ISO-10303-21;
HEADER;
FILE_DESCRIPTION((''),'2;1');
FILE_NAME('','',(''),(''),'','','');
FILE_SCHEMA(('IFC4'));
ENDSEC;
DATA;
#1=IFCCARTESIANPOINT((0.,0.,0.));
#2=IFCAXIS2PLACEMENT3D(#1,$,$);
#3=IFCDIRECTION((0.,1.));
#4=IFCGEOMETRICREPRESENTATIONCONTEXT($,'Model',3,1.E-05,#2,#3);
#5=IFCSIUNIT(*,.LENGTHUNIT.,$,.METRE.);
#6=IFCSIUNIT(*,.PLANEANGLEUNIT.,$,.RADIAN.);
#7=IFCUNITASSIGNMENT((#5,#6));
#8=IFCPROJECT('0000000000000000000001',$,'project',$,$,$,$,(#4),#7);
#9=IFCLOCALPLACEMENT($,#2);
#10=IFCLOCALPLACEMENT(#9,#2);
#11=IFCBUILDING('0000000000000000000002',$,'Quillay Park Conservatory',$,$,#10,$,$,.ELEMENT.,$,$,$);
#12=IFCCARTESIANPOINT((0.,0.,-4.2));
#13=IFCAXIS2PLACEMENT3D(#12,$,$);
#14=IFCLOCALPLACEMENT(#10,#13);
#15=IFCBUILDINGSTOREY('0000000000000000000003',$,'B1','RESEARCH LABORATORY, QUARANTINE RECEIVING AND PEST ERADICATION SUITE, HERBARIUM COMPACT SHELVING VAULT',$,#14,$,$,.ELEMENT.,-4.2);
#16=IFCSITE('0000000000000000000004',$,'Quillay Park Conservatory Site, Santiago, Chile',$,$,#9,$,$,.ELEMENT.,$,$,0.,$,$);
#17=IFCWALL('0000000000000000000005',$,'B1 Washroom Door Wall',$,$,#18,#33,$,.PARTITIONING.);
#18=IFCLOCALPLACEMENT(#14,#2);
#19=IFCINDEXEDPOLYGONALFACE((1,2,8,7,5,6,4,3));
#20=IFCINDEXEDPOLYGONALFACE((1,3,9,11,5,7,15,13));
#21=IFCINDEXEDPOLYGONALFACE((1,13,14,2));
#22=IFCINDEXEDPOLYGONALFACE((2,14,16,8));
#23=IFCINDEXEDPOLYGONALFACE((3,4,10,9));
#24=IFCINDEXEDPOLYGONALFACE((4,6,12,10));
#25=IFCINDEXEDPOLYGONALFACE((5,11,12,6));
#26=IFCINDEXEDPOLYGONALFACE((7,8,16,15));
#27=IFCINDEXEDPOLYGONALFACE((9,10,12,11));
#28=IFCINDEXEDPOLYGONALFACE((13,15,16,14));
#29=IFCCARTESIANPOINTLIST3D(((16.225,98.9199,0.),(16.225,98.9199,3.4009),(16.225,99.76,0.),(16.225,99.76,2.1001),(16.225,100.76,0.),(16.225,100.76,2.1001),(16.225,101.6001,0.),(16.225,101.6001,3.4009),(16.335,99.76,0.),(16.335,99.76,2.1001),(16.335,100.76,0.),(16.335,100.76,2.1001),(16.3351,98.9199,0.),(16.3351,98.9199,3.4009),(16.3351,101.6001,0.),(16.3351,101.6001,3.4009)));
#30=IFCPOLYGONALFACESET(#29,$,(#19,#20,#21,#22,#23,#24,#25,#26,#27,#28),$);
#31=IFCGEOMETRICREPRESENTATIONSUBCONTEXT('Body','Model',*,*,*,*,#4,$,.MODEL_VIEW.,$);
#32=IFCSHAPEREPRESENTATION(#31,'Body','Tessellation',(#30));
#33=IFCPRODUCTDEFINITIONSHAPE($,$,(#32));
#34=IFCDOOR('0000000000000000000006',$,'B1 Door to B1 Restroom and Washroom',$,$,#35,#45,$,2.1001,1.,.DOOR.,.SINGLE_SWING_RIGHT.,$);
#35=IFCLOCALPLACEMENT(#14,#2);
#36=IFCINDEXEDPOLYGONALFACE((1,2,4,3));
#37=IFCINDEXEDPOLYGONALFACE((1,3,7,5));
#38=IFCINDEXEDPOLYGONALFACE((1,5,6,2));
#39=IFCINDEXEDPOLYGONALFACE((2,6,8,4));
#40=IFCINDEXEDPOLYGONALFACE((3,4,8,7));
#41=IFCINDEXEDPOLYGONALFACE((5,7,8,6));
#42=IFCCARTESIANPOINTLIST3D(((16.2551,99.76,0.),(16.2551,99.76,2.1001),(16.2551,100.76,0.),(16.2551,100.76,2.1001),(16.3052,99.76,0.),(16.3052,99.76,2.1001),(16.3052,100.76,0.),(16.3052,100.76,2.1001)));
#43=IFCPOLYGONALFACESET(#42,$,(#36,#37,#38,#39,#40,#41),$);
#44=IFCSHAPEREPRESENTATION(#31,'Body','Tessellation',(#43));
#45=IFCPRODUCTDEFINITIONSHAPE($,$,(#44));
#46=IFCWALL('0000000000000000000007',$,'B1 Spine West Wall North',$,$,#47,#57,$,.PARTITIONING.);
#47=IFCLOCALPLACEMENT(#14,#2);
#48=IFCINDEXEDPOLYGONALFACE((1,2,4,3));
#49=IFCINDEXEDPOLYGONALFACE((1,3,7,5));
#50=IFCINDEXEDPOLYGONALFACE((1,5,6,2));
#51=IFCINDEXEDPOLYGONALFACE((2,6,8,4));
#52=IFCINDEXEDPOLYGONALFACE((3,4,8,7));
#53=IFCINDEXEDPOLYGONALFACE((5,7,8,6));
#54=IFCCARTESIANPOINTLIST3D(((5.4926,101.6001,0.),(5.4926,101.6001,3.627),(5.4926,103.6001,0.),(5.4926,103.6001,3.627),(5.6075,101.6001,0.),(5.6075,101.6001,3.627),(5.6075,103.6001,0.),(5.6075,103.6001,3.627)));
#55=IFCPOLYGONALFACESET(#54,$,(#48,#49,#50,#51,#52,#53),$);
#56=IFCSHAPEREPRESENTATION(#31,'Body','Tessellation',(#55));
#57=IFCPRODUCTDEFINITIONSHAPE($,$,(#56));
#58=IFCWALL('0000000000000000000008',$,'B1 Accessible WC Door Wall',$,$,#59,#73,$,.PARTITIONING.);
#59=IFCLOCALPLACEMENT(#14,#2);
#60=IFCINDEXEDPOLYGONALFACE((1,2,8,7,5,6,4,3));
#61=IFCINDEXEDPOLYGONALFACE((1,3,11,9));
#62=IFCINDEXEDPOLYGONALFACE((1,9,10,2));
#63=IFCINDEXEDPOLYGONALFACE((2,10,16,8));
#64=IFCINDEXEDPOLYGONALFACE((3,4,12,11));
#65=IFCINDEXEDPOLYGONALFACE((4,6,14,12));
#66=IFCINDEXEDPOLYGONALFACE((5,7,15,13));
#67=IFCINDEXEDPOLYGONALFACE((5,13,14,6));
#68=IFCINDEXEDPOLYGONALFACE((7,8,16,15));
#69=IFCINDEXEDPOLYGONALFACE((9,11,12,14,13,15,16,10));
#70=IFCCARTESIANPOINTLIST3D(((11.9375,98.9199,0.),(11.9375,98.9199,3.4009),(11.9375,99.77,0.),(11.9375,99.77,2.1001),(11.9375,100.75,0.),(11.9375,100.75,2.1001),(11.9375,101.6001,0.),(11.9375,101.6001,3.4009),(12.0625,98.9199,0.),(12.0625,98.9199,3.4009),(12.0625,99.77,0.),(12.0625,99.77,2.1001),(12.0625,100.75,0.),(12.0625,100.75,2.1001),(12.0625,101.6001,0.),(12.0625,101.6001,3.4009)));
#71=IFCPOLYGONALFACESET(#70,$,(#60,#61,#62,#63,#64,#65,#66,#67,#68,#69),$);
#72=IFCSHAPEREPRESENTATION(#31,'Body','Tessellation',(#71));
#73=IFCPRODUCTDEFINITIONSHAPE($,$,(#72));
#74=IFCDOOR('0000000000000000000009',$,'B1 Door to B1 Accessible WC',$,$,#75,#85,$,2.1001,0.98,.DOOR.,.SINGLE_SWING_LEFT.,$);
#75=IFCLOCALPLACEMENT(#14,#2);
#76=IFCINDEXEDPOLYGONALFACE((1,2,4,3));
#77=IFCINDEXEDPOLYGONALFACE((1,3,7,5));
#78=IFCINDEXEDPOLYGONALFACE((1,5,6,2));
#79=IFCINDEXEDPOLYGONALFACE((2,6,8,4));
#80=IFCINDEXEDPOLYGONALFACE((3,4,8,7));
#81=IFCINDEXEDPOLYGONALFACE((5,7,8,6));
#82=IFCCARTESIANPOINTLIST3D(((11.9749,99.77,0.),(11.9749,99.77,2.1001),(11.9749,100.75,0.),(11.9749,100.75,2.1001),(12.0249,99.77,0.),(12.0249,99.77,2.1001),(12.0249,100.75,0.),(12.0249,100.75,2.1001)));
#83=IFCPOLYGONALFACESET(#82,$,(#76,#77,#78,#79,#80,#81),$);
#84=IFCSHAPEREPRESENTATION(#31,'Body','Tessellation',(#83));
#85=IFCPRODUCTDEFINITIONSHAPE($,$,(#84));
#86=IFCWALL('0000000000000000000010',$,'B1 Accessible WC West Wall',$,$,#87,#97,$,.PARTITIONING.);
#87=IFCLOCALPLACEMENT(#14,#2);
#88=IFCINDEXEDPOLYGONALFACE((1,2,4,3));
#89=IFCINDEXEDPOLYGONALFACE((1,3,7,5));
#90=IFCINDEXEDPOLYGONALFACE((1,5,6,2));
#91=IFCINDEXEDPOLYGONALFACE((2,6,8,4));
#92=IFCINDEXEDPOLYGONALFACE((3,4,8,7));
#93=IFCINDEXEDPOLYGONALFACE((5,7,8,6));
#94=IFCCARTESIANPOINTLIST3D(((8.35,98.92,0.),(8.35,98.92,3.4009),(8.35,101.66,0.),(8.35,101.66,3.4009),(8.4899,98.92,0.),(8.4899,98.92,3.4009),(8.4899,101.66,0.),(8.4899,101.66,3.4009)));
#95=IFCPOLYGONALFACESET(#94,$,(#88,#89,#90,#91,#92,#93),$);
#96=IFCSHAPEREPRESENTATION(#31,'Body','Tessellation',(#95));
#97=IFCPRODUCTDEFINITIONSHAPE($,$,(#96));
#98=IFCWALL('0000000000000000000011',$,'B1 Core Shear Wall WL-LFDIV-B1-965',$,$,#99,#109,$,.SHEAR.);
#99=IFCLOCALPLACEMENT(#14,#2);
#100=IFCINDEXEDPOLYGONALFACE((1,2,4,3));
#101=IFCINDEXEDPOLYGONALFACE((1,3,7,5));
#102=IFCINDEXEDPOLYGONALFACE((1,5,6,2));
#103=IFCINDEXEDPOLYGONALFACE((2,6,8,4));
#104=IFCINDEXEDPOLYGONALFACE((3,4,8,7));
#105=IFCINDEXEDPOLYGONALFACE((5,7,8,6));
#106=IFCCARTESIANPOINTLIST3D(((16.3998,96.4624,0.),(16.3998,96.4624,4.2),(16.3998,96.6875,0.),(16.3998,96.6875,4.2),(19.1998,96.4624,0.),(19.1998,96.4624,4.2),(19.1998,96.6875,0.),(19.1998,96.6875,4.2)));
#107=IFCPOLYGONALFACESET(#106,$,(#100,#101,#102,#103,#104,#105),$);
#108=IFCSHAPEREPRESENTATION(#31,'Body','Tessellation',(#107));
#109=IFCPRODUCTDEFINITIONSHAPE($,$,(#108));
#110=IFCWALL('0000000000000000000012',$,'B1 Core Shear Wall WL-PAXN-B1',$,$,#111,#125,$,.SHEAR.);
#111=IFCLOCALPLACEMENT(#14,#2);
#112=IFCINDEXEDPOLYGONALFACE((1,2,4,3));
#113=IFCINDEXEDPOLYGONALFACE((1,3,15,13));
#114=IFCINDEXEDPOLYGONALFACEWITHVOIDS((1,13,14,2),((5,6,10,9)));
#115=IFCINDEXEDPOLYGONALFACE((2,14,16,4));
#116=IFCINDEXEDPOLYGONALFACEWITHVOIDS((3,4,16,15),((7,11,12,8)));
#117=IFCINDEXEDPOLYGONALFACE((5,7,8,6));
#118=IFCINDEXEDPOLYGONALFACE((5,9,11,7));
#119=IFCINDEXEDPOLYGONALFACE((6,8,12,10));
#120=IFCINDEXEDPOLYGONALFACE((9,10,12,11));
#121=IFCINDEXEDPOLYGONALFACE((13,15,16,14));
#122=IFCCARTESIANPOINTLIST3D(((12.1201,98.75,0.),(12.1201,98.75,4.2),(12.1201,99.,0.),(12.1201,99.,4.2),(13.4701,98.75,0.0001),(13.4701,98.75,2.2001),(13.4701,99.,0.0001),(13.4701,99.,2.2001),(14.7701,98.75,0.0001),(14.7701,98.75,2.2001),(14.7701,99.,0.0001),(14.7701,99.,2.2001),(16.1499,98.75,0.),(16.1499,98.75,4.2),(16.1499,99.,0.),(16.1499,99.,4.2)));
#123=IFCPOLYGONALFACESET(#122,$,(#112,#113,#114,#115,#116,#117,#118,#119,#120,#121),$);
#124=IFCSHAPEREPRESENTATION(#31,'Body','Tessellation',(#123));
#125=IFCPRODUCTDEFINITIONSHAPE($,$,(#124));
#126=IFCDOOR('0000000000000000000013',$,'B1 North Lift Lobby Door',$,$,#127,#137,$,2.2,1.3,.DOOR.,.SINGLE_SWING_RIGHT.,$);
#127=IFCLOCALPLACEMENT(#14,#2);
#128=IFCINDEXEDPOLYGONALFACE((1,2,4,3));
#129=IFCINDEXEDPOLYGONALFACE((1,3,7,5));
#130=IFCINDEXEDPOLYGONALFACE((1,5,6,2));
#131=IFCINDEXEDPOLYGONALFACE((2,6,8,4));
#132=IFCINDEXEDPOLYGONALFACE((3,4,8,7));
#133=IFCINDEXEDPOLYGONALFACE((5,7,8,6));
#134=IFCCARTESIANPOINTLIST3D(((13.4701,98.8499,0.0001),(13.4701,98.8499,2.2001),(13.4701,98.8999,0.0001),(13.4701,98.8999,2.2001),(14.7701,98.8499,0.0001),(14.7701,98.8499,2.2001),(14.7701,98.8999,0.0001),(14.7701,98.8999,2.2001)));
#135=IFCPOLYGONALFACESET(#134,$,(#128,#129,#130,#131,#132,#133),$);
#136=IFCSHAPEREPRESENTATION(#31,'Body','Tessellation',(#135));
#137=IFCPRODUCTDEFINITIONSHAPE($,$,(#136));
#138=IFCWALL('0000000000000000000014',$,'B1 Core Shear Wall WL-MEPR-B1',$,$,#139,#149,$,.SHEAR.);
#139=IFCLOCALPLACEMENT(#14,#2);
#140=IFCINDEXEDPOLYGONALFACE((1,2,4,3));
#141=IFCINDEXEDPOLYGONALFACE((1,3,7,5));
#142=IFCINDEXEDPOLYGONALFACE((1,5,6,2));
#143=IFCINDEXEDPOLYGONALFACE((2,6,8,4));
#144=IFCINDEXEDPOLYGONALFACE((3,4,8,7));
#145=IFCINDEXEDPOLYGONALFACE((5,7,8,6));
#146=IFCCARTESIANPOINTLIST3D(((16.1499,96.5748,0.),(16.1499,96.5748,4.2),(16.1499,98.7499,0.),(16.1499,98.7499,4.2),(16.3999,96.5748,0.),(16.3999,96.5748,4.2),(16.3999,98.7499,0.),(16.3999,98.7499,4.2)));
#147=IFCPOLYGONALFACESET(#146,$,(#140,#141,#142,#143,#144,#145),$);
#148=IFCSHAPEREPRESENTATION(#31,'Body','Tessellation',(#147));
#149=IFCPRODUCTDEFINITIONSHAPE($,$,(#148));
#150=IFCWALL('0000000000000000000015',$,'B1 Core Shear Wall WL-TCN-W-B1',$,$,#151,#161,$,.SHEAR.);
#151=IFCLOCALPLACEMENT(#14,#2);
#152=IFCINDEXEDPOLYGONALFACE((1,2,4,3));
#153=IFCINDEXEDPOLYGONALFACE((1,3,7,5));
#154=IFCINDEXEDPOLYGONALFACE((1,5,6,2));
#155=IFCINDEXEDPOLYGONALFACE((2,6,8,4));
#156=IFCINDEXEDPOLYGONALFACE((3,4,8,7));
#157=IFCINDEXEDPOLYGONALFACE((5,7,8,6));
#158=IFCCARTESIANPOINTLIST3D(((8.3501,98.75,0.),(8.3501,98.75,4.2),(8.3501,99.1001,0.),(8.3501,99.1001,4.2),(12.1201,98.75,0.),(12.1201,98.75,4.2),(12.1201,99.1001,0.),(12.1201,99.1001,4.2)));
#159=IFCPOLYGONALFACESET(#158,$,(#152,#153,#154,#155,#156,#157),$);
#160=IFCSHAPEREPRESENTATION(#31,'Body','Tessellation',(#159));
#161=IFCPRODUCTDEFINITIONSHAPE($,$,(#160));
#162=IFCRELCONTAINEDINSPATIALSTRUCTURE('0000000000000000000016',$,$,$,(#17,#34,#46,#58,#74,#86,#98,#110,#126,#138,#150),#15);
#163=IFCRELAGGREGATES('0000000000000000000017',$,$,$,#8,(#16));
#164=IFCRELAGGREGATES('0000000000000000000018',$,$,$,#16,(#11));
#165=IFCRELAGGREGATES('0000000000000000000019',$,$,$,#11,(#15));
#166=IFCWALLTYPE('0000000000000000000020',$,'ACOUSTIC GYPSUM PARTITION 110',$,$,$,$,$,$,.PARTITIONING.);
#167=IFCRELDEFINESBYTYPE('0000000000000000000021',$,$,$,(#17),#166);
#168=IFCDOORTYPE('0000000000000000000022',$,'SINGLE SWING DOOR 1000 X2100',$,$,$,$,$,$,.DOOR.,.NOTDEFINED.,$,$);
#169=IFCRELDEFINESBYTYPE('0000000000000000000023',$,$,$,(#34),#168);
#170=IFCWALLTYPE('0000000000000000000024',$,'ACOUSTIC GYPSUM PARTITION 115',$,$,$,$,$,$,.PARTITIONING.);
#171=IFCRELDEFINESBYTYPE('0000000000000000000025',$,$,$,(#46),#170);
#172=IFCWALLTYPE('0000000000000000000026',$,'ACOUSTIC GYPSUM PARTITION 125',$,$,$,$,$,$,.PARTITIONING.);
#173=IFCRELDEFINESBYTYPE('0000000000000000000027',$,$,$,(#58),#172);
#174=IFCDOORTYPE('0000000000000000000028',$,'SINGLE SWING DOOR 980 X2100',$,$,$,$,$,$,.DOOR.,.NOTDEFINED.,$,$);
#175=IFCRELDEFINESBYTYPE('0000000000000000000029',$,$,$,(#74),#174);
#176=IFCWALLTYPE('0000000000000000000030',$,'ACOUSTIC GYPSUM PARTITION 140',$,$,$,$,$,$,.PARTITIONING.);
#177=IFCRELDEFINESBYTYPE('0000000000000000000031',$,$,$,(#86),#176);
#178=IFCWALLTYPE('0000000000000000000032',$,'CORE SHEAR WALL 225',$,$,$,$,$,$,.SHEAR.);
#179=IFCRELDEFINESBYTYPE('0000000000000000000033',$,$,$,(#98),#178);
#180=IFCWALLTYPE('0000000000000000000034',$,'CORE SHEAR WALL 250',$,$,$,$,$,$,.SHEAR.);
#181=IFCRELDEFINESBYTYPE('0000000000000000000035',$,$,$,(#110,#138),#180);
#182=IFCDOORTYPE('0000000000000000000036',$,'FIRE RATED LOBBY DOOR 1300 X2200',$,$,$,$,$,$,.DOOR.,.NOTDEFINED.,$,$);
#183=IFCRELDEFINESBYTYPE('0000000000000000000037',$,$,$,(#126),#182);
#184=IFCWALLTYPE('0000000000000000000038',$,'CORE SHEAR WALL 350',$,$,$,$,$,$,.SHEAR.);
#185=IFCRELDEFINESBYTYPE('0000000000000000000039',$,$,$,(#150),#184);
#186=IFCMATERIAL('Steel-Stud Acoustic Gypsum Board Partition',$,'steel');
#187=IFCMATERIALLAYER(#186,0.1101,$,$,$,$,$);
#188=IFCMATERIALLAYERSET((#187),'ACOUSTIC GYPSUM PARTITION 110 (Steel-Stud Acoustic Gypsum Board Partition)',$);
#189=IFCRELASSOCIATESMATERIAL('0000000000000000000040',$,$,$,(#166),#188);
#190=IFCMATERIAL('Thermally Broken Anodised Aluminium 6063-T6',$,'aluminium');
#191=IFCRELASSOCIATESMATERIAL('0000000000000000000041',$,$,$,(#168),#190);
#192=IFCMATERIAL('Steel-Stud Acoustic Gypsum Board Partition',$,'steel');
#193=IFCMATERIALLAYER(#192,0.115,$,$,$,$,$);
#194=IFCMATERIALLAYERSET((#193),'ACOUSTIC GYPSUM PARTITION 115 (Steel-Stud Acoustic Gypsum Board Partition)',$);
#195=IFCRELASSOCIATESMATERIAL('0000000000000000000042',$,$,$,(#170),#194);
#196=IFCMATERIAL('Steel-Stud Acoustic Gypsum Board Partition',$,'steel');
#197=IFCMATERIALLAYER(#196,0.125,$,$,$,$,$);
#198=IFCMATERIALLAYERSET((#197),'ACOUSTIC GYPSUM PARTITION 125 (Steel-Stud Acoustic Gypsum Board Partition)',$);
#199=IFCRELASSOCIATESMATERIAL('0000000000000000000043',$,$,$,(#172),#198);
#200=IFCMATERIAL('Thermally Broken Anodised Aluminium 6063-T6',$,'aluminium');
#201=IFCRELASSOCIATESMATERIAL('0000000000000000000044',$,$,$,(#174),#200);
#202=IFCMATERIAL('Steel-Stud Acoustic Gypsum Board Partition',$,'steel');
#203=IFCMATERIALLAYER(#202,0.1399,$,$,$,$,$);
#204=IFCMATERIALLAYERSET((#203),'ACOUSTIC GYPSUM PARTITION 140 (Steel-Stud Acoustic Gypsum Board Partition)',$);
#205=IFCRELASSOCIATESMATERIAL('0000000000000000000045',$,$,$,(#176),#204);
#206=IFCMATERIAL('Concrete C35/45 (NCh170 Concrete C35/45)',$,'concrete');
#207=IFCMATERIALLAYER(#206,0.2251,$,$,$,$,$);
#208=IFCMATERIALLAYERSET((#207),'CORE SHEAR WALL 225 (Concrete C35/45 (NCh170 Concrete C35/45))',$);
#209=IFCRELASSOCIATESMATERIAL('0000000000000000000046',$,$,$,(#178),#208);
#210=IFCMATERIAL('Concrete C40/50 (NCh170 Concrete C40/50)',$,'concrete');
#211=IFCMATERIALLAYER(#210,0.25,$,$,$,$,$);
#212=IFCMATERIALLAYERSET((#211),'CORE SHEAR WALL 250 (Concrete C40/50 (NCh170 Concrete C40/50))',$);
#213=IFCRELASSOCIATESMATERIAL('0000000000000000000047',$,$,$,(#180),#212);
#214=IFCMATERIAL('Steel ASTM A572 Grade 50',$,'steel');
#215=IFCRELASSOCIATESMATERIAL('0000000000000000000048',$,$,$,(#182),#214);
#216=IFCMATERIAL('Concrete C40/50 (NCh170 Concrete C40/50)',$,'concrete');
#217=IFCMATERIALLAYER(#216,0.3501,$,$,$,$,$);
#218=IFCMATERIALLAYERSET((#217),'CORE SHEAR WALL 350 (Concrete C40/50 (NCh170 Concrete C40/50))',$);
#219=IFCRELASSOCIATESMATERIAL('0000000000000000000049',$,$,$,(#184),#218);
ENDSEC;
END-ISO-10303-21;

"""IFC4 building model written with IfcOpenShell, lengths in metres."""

from ifc_helpers import new_model, si_unit, direction, frame, frame_2d, origin, place, context, subcontext, project, spatial, rectangle, extrude, material, layer, layer_set, type_object, element, fill, save


model = new_model("IFC4")

# Units and contexts
model_context = context("Model", 3, precision=1e-05, world=origin(), true_north=direction((0.0, 1.0)))
body_context = subcontext(model_context, "Body", "Model", "MODEL_VIEW")
ifc_project = project(units=[si_unit("LENGTHUNIT", "METRE"), si_unit("PLANEANGLEUNIT", "RADIAN")], contexts=[model_context])

# Site, building, storey
site_placement = place(None, origin())
site = spatial("IfcSite", under=ifc_project, at=site_placement, Name="Quillay Park Conservatory Site, Santiago, Chile", CompositionType="ELEMENT", RefElevation=0.0)
building_placement = place(site_placement, origin())
building = spatial("IfcBuilding", under=site, at=building_placement, Name="Quillay Park Conservatory", CompositionType="ELEMENT")
storey_placement = place(building_placement, frame((0.0, 0.0, -4.2)))
storey = spatial("IfcBuildingStorey", under=building, at=storey_placement, Name="B1", Description="RESEARCH LABORATORY, QUARANTINE RECEIVING AND PEST ERADICATION SUITE, HERBARIUM COMPACT SHELVING VAULT", CompositionType="ELEMENT", Elevation=-4.2)

# Wall, opening, door
ifc_material_1 = material(Name="Steel-Stud Acoustic Gypsum Board Partition", Category="steel")
ifc_layer_1 = layer(ifc_material_1, 0.1101)
ifc_layer_set_1 = layer_set([ifc_layer_1], Name="ACOUSTIC GYPSUM PARTITION 110 (Steel-Stud Acoustic Gypsum Board Partition)")
wall_type_1 = type_object("IfcWallType", Name="ACOUSTIC GYPSUM PARTITION 110", PredefinedType="PARTITIONING", material=ifc_layer_set_1)
wall_1_placement = place(storey_placement, frame((16.28, 98.9199, 0.0), z_axis=(0.0, 0.0, 1.0), x_axis=(0.0, 1.0, 0.0)))
wall_1 = element("IfcWall", 1, at=wall_1_placement, inside=storey, type_object=wall_type_1, Name="B1 Washroom Door Wall", PredefinedType="PARTITIONING", context=body_context, shape_type="SweptSolid", body=[
    extrude(rectangle(XDim=2.6802, YDim=0.1101, at=frame_2d((1.3401, 0.0))), origin(), (0.0, 0.0, 1.0), 3.4009),
])
opening_1_placement = place(wall_1_placement, frame((0.8401, 0.0, 0.0)))
opening_1 = element("IfcOpeningElement", 2, at=opening_1_placement, cuts=wall_1, PredefinedType="OPENING", context=body_context, shape_type="SweptSolid", body=[
    extrude(rectangle(XDim=1.0, YDim=2.1001, at=frame_2d((0.5, 1.05))), frame((0.0, 0.0552, 0.0), z_axis=(0.0, -1.0, 0.0), x_axis=(1.0, 0.0, 0.0)), (0.0, 0.0, 1.0), 0.1101),
])
ifc_material_2 = material(Name="Thermally Broken Anodised Aluminium 6063-T6", Category="aluminium")
door_type_1 = type_object("IfcDoorType", Name="SINGLE SWING DOOR 1000 X2100", OperationType="NOTDEFINED", PredefinedType="DOOR", material=ifc_material_2)
door_1_placement = place(opening_1_placement, origin())
door_1 = element("IfcDoor", 3, at=door_1_placement, inside=storey, type_object=door_type_1, Name="B1 Door to B1 Restroom and Washroom", OperationType="SINGLE_SWING_RIGHT", OverallHeight=2.1001, OverallWidth=1.0, PredefinedType="DOOR", context=body_context, shape_type="SweptSolid", body=[
    extrude(rectangle(XDim=1.0, YDim=2.1001, at=frame_2d((0.5, 1.05))), frame((0.0, 0.0249, 0.0), z_axis=(0.0, -1.0, 0.0), x_axis=(1.0, 0.0, 0.0)), (0.0, 0.0, 1.0), 0.05),
])
fill(opening_1, door_1)

# Wall
ifc_material_3 = material(Name="Steel-Stud Acoustic Gypsum Board Partition", Category="steel")
ifc_layer_2 = layer(ifc_material_3, 0.115)
ifc_layer_set_2 = layer_set([ifc_layer_2], Name="ACOUSTIC GYPSUM PARTITION 115 (Steel-Stud Acoustic Gypsum Board Partition)")
wall_type_2 = type_object("IfcWallType", Name="ACOUSTIC GYPSUM PARTITION 115", PredefinedType="PARTITIONING", material=ifc_layer_set_2)
wall_2_placement = place(storey_placement, frame((5.55, 101.6001, 0.0), z_axis=(0.0, 0.0, 1.0), x_axis=(0.0, 1.0, 0.0)))
element("IfcWall", 4, at=wall_2_placement, inside=storey, type_object=wall_type_2, Name="B1 Spine West Wall North", PredefinedType="PARTITIONING", context=body_context, shape_type="SweptSolid", body=[
    extrude(rectangle(XDim=2.0, YDim=0.115, at=frame_2d((1.0, 0.0))), origin(), (0.0, 0.0, 1.0), 3.627),
])

# Wall, opening, door
ifc_material_4 = material(Name="Steel-Stud Acoustic Gypsum Board Partition", Category="steel")
ifc_layer_3 = layer(ifc_material_4, 0.125)
ifc_layer_set_3 = layer_set([ifc_layer_3], Name="ACOUSTIC GYPSUM PARTITION 125 (Steel-Stud Acoustic Gypsum Board Partition)")
wall_type_3 = type_object("IfcWallType", Name="ACOUSTIC GYPSUM PARTITION 125", PredefinedType="PARTITIONING", material=ifc_layer_set_3)
wall_3_placement = place(storey_placement, frame((12.0, 101.6001, 0.0), z_axis=(0.0, 0.0, 1.0), x_axis=(0.0, -1.0, 0.0)))
wall_3 = element("IfcWall", 5, at=wall_3_placement, inside=storey, type_object=wall_type_3, Name="B1 Accessible WC Door Wall", PredefinedType="PARTITIONING", context=body_context, shape_type="SweptSolid", body=[
    extrude(rectangle(XDim=2.6802, YDim=0.125, at=frame_2d((1.3401, 0.0))), origin(), (0.0, 0.0, 1.0), 3.4009),
])
opening_2_placement = place(wall_3_placement, frame((0.8501, 0.0, 0.0)))
opening_2 = element("IfcOpeningElement", 6, at=opening_2_placement, cuts=wall_3, PredefinedType="OPENING", context=body_context, shape_type="SweptSolid", body=[
    extrude(rectangle(XDim=0.98, YDim=2.1001, at=frame_2d((0.49, 1.05))), frame((0.0, 0.0625, 0.0), z_axis=(0.0, -1.0, 0.0), x_axis=(1.0, 0.0, 0.0)), (0.0, 0.0, 1.0), 0.125),
])
ifc_material_5 = material(Name="Thermally Broken Anodised Aluminium 6063-T6", Category="aluminium")
door_type_2 = type_object("IfcDoorType", Name="SINGLE SWING DOOR 980 X2100", OperationType="NOTDEFINED", PredefinedType="DOOR", material=ifc_material_5)
door_2_placement = place(opening_2_placement, origin())
door_2 = element("IfcDoor", 7, at=door_2_placement, inside=storey, type_object=door_type_2, Name="B1 Door to B1 Accessible WC", OperationType="SINGLE_SWING_LEFT", OverallHeight=2.1001, OverallWidth=0.98, PredefinedType="DOOR", context=body_context, shape_type="SweptSolid", body=[
    extrude(rectangle(XDim=0.98, YDim=2.1001, at=frame_2d((0.49, 1.05))), frame((0.0, 0.0249, 0.0), z_axis=(0.0, -1.0, 0.0), x_axis=(1.0, 0.0, 0.0)), (0.0, 0.0, 1.0), 0.05),
])
fill(opening_2, door_2)

# Walls
ifc_material_6 = material(Name="Steel-Stud Acoustic Gypsum Board Partition", Category="steel")
ifc_layer_4 = layer(ifc_material_6, 0.1399)
ifc_layer_set_4 = layer_set([ifc_layer_4], Name="ACOUSTIC GYPSUM PARTITION 140 (Steel-Stud Acoustic Gypsum Board Partition)")
wall_type_4 = type_object("IfcWallType", Name="ACOUSTIC GYPSUM PARTITION 140", PredefinedType="PARTITIONING", material=ifc_layer_set_4)
wall_4_placement = place(storey_placement, frame((8.4199, 98.9199, 0.0), z_axis=(0.0, 0.0, 1.0), x_axis=(0.0, 1.0, 0.0)))
element("IfcWall", 8, at=wall_4_placement, inside=storey, type_object=wall_type_4, Name="B1 Accessible WC West Wall", PredefinedType="PARTITIONING", context=body_context, shape_type="SweptSolid", body=[
    extrude(rectangle(XDim=2.74, YDim=0.1399, at=frame_2d((1.3701, 0.0))), origin(), (0.0, 0.0, 1.0), 3.4009),
])
ifc_material_7 = material(Name="Concrete C35/45 (NCh170 Concrete C35/45)", Category="concrete")
ifc_layer_5 = layer(ifc_material_7, 0.2251)
ifc_layer_set_5 = layer_set([ifc_layer_5], Name="CORE SHEAR WALL 225 (Concrete C35/45 (NCh170 Concrete C35/45))")
wall_type_5 = type_object("IfcWallType", Name="CORE SHEAR WALL 225", PredefinedType="SHEAR", material=ifc_layer_set_5)
wall_5_placement = place(storey_placement, frame((16.3999, 96.575, 0.0), z_axis=(0.0, 0.0, 1.0), x_axis=(1.0, 0.0, 0.0)))
element("IfcWall", 9, at=wall_5_placement, inside=storey, type_object=wall_type_5, Name="B1 Core Shear Wall WL-LFDIV-B1-965", PredefinedType="SHEAR", context=body_context, shape_type="SweptSolid", body=[
    extrude(rectangle(XDim=2.8, YDim=0.2251, at=frame_2d((1.3999, 0.0))), origin(), (0.0, 0.0, 1.0), 4.2),
])

# Wall, opening, door
ifc_material_8 = material(Name="Concrete C40/50 (NCh170 Concrete C40/50)", Category="concrete")
ifc_layer_6 = layer(ifc_material_8, 0.25)
ifc_layer_set_6 = layer_set([ifc_layer_6], Name="CORE SHEAR WALL 250 (Concrete C40/50 (NCh170 Concrete C40/50))")
wall_type_6 = type_object("IfcWallType", Name="CORE SHEAR WALL 250", PredefinedType="SHEAR", material=ifc_layer_set_6)
wall_6_placement = place(storey_placement, frame((12.1201, 98.875, 0.0), z_axis=(0.0, 0.0, 1.0), x_axis=(1.0, 0.0, 0.0)))
wall_6 = element("IfcWall", 10, at=wall_6_placement, inside=storey, type_object=wall_type_6, Name="B1 Core Shear Wall WL-PAXN-B1", PredefinedType="SHEAR", context=body_context, shape_type="SweptSolid", body=[
    extrude(rectangle(XDim=4.0298, YDim=0.25, at=frame_2d((2.0149, 0.0))), origin(), (0.0, 0.0, 1.0), 4.2),
])
opening_3_placement = place(wall_6_placement, frame((1.3501, 0.0, 0.0)))
opening_3 = element("IfcOpeningElement", 11, at=opening_3_placement, cuts=wall_6, PredefinedType="OPENING", context=body_context, shape_type="SweptSolid", body=[
    extrude(rectangle(XDim=1.3, YDim=2.2, at=frame_2d((0.6499, 1.1001))), frame((0.0, 0.125, 0.0), z_axis=(0.0, -1.0, 0.0), x_axis=(1.0, 0.0, 0.0)), (0.0, 0.0, 1.0), 0.25),
])
ifc_material_9 = material(Name="Steel ASTM A572 Grade 50", Category="steel")
door_type_3 = type_object("IfcDoorType", Name="FIRE RATED LOBBY DOOR 1300 X2200", OperationType="NOTDEFINED", PredefinedType="DOOR", material=ifc_material_9)
door_3_placement = place(opening_3_placement, origin())
door_3 = element("IfcDoor", 12, at=door_3_placement, inside=storey, type_object=door_type_3, Name="B1 North Lift Lobby Door", OperationType="SINGLE_SWING_RIGHT", OverallHeight=2.2, OverallWidth=1.3, PredefinedType="DOOR", context=body_context, shape_type="SweptSolid", body=[
    extrude(rectangle(XDim=1.3, YDim=2.2, at=frame_2d((0.6499, 1.1001))), frame((0.0, 0.0249, 0.0), z_axis=(0.0, -1.0, 0.0), x_axis=(1.0, 0.0, 0.0)), (0.0, 0.0, 1.0), 0.05),
])
fill(opening_3, door_3)

# Walls
wall_7_placement = place(storey_placement, frame((16.2749, 96.575, 0.0), z_axis=(0.0, 0.0, 1.0), x_axis=(0.0, 1.0, 0.0)))
element("IfcWall", 13, at=wall_7_placement, inside=storey, type_object=wall_type_6, Name="B1 Core Shear Wall WL-MEPR-B1", PredefinedType="SHEAR", context=body_context, shape_type="SweptSolid", body=[
    extrude(rectangle(XDim=2.175, YDim=0.25, at=frame_2d((1.0874, 0.0))), origin(), (0.0, 0.0, 1.0), 4.2),
])
ifc_material_10 = material(Name="Concrete C40/50 (NCh170 Concrete C40/50)", Category="concrete")
ifc_layer_7 = layer(ifc_material_10, 0.3501)
ifc_layer_set_7 = layer_set([ifc_layer_7], Name="CORE SHEAR WALL 350 (Concrete C40/50 (NCh170 Concrete C40/50))")
wall_type_7 = type_object("IfcWallType", Name="CORE SHEAR WALL 350", PredefinedType="SHEAR", material=ifc_layer_set_7)
wall_8_placement = place(storey_placement, frame((8.3501, 98.925, 0.0), z_axis=(0.0, 0.0, 1.0), x_axis=(1.0, 0.0, 0.0)))
element("IfcWall", 14, at=wall_8_placement, inside=storey, type_object=wall_type_7, Name="B1 Core Shear Wall WL-TCN-W-B1", PredefinedType="SHEAR", context=body_context, shape_type="SweptSolid", body=[
    extrude(rectangle(XDim=3.77, YDim=0.3501, at=frame_2d((1.885, 0.0))), origin(), (0.0, 0.0, 1.0), 4.2),
])

save(model, "model.ifc")
